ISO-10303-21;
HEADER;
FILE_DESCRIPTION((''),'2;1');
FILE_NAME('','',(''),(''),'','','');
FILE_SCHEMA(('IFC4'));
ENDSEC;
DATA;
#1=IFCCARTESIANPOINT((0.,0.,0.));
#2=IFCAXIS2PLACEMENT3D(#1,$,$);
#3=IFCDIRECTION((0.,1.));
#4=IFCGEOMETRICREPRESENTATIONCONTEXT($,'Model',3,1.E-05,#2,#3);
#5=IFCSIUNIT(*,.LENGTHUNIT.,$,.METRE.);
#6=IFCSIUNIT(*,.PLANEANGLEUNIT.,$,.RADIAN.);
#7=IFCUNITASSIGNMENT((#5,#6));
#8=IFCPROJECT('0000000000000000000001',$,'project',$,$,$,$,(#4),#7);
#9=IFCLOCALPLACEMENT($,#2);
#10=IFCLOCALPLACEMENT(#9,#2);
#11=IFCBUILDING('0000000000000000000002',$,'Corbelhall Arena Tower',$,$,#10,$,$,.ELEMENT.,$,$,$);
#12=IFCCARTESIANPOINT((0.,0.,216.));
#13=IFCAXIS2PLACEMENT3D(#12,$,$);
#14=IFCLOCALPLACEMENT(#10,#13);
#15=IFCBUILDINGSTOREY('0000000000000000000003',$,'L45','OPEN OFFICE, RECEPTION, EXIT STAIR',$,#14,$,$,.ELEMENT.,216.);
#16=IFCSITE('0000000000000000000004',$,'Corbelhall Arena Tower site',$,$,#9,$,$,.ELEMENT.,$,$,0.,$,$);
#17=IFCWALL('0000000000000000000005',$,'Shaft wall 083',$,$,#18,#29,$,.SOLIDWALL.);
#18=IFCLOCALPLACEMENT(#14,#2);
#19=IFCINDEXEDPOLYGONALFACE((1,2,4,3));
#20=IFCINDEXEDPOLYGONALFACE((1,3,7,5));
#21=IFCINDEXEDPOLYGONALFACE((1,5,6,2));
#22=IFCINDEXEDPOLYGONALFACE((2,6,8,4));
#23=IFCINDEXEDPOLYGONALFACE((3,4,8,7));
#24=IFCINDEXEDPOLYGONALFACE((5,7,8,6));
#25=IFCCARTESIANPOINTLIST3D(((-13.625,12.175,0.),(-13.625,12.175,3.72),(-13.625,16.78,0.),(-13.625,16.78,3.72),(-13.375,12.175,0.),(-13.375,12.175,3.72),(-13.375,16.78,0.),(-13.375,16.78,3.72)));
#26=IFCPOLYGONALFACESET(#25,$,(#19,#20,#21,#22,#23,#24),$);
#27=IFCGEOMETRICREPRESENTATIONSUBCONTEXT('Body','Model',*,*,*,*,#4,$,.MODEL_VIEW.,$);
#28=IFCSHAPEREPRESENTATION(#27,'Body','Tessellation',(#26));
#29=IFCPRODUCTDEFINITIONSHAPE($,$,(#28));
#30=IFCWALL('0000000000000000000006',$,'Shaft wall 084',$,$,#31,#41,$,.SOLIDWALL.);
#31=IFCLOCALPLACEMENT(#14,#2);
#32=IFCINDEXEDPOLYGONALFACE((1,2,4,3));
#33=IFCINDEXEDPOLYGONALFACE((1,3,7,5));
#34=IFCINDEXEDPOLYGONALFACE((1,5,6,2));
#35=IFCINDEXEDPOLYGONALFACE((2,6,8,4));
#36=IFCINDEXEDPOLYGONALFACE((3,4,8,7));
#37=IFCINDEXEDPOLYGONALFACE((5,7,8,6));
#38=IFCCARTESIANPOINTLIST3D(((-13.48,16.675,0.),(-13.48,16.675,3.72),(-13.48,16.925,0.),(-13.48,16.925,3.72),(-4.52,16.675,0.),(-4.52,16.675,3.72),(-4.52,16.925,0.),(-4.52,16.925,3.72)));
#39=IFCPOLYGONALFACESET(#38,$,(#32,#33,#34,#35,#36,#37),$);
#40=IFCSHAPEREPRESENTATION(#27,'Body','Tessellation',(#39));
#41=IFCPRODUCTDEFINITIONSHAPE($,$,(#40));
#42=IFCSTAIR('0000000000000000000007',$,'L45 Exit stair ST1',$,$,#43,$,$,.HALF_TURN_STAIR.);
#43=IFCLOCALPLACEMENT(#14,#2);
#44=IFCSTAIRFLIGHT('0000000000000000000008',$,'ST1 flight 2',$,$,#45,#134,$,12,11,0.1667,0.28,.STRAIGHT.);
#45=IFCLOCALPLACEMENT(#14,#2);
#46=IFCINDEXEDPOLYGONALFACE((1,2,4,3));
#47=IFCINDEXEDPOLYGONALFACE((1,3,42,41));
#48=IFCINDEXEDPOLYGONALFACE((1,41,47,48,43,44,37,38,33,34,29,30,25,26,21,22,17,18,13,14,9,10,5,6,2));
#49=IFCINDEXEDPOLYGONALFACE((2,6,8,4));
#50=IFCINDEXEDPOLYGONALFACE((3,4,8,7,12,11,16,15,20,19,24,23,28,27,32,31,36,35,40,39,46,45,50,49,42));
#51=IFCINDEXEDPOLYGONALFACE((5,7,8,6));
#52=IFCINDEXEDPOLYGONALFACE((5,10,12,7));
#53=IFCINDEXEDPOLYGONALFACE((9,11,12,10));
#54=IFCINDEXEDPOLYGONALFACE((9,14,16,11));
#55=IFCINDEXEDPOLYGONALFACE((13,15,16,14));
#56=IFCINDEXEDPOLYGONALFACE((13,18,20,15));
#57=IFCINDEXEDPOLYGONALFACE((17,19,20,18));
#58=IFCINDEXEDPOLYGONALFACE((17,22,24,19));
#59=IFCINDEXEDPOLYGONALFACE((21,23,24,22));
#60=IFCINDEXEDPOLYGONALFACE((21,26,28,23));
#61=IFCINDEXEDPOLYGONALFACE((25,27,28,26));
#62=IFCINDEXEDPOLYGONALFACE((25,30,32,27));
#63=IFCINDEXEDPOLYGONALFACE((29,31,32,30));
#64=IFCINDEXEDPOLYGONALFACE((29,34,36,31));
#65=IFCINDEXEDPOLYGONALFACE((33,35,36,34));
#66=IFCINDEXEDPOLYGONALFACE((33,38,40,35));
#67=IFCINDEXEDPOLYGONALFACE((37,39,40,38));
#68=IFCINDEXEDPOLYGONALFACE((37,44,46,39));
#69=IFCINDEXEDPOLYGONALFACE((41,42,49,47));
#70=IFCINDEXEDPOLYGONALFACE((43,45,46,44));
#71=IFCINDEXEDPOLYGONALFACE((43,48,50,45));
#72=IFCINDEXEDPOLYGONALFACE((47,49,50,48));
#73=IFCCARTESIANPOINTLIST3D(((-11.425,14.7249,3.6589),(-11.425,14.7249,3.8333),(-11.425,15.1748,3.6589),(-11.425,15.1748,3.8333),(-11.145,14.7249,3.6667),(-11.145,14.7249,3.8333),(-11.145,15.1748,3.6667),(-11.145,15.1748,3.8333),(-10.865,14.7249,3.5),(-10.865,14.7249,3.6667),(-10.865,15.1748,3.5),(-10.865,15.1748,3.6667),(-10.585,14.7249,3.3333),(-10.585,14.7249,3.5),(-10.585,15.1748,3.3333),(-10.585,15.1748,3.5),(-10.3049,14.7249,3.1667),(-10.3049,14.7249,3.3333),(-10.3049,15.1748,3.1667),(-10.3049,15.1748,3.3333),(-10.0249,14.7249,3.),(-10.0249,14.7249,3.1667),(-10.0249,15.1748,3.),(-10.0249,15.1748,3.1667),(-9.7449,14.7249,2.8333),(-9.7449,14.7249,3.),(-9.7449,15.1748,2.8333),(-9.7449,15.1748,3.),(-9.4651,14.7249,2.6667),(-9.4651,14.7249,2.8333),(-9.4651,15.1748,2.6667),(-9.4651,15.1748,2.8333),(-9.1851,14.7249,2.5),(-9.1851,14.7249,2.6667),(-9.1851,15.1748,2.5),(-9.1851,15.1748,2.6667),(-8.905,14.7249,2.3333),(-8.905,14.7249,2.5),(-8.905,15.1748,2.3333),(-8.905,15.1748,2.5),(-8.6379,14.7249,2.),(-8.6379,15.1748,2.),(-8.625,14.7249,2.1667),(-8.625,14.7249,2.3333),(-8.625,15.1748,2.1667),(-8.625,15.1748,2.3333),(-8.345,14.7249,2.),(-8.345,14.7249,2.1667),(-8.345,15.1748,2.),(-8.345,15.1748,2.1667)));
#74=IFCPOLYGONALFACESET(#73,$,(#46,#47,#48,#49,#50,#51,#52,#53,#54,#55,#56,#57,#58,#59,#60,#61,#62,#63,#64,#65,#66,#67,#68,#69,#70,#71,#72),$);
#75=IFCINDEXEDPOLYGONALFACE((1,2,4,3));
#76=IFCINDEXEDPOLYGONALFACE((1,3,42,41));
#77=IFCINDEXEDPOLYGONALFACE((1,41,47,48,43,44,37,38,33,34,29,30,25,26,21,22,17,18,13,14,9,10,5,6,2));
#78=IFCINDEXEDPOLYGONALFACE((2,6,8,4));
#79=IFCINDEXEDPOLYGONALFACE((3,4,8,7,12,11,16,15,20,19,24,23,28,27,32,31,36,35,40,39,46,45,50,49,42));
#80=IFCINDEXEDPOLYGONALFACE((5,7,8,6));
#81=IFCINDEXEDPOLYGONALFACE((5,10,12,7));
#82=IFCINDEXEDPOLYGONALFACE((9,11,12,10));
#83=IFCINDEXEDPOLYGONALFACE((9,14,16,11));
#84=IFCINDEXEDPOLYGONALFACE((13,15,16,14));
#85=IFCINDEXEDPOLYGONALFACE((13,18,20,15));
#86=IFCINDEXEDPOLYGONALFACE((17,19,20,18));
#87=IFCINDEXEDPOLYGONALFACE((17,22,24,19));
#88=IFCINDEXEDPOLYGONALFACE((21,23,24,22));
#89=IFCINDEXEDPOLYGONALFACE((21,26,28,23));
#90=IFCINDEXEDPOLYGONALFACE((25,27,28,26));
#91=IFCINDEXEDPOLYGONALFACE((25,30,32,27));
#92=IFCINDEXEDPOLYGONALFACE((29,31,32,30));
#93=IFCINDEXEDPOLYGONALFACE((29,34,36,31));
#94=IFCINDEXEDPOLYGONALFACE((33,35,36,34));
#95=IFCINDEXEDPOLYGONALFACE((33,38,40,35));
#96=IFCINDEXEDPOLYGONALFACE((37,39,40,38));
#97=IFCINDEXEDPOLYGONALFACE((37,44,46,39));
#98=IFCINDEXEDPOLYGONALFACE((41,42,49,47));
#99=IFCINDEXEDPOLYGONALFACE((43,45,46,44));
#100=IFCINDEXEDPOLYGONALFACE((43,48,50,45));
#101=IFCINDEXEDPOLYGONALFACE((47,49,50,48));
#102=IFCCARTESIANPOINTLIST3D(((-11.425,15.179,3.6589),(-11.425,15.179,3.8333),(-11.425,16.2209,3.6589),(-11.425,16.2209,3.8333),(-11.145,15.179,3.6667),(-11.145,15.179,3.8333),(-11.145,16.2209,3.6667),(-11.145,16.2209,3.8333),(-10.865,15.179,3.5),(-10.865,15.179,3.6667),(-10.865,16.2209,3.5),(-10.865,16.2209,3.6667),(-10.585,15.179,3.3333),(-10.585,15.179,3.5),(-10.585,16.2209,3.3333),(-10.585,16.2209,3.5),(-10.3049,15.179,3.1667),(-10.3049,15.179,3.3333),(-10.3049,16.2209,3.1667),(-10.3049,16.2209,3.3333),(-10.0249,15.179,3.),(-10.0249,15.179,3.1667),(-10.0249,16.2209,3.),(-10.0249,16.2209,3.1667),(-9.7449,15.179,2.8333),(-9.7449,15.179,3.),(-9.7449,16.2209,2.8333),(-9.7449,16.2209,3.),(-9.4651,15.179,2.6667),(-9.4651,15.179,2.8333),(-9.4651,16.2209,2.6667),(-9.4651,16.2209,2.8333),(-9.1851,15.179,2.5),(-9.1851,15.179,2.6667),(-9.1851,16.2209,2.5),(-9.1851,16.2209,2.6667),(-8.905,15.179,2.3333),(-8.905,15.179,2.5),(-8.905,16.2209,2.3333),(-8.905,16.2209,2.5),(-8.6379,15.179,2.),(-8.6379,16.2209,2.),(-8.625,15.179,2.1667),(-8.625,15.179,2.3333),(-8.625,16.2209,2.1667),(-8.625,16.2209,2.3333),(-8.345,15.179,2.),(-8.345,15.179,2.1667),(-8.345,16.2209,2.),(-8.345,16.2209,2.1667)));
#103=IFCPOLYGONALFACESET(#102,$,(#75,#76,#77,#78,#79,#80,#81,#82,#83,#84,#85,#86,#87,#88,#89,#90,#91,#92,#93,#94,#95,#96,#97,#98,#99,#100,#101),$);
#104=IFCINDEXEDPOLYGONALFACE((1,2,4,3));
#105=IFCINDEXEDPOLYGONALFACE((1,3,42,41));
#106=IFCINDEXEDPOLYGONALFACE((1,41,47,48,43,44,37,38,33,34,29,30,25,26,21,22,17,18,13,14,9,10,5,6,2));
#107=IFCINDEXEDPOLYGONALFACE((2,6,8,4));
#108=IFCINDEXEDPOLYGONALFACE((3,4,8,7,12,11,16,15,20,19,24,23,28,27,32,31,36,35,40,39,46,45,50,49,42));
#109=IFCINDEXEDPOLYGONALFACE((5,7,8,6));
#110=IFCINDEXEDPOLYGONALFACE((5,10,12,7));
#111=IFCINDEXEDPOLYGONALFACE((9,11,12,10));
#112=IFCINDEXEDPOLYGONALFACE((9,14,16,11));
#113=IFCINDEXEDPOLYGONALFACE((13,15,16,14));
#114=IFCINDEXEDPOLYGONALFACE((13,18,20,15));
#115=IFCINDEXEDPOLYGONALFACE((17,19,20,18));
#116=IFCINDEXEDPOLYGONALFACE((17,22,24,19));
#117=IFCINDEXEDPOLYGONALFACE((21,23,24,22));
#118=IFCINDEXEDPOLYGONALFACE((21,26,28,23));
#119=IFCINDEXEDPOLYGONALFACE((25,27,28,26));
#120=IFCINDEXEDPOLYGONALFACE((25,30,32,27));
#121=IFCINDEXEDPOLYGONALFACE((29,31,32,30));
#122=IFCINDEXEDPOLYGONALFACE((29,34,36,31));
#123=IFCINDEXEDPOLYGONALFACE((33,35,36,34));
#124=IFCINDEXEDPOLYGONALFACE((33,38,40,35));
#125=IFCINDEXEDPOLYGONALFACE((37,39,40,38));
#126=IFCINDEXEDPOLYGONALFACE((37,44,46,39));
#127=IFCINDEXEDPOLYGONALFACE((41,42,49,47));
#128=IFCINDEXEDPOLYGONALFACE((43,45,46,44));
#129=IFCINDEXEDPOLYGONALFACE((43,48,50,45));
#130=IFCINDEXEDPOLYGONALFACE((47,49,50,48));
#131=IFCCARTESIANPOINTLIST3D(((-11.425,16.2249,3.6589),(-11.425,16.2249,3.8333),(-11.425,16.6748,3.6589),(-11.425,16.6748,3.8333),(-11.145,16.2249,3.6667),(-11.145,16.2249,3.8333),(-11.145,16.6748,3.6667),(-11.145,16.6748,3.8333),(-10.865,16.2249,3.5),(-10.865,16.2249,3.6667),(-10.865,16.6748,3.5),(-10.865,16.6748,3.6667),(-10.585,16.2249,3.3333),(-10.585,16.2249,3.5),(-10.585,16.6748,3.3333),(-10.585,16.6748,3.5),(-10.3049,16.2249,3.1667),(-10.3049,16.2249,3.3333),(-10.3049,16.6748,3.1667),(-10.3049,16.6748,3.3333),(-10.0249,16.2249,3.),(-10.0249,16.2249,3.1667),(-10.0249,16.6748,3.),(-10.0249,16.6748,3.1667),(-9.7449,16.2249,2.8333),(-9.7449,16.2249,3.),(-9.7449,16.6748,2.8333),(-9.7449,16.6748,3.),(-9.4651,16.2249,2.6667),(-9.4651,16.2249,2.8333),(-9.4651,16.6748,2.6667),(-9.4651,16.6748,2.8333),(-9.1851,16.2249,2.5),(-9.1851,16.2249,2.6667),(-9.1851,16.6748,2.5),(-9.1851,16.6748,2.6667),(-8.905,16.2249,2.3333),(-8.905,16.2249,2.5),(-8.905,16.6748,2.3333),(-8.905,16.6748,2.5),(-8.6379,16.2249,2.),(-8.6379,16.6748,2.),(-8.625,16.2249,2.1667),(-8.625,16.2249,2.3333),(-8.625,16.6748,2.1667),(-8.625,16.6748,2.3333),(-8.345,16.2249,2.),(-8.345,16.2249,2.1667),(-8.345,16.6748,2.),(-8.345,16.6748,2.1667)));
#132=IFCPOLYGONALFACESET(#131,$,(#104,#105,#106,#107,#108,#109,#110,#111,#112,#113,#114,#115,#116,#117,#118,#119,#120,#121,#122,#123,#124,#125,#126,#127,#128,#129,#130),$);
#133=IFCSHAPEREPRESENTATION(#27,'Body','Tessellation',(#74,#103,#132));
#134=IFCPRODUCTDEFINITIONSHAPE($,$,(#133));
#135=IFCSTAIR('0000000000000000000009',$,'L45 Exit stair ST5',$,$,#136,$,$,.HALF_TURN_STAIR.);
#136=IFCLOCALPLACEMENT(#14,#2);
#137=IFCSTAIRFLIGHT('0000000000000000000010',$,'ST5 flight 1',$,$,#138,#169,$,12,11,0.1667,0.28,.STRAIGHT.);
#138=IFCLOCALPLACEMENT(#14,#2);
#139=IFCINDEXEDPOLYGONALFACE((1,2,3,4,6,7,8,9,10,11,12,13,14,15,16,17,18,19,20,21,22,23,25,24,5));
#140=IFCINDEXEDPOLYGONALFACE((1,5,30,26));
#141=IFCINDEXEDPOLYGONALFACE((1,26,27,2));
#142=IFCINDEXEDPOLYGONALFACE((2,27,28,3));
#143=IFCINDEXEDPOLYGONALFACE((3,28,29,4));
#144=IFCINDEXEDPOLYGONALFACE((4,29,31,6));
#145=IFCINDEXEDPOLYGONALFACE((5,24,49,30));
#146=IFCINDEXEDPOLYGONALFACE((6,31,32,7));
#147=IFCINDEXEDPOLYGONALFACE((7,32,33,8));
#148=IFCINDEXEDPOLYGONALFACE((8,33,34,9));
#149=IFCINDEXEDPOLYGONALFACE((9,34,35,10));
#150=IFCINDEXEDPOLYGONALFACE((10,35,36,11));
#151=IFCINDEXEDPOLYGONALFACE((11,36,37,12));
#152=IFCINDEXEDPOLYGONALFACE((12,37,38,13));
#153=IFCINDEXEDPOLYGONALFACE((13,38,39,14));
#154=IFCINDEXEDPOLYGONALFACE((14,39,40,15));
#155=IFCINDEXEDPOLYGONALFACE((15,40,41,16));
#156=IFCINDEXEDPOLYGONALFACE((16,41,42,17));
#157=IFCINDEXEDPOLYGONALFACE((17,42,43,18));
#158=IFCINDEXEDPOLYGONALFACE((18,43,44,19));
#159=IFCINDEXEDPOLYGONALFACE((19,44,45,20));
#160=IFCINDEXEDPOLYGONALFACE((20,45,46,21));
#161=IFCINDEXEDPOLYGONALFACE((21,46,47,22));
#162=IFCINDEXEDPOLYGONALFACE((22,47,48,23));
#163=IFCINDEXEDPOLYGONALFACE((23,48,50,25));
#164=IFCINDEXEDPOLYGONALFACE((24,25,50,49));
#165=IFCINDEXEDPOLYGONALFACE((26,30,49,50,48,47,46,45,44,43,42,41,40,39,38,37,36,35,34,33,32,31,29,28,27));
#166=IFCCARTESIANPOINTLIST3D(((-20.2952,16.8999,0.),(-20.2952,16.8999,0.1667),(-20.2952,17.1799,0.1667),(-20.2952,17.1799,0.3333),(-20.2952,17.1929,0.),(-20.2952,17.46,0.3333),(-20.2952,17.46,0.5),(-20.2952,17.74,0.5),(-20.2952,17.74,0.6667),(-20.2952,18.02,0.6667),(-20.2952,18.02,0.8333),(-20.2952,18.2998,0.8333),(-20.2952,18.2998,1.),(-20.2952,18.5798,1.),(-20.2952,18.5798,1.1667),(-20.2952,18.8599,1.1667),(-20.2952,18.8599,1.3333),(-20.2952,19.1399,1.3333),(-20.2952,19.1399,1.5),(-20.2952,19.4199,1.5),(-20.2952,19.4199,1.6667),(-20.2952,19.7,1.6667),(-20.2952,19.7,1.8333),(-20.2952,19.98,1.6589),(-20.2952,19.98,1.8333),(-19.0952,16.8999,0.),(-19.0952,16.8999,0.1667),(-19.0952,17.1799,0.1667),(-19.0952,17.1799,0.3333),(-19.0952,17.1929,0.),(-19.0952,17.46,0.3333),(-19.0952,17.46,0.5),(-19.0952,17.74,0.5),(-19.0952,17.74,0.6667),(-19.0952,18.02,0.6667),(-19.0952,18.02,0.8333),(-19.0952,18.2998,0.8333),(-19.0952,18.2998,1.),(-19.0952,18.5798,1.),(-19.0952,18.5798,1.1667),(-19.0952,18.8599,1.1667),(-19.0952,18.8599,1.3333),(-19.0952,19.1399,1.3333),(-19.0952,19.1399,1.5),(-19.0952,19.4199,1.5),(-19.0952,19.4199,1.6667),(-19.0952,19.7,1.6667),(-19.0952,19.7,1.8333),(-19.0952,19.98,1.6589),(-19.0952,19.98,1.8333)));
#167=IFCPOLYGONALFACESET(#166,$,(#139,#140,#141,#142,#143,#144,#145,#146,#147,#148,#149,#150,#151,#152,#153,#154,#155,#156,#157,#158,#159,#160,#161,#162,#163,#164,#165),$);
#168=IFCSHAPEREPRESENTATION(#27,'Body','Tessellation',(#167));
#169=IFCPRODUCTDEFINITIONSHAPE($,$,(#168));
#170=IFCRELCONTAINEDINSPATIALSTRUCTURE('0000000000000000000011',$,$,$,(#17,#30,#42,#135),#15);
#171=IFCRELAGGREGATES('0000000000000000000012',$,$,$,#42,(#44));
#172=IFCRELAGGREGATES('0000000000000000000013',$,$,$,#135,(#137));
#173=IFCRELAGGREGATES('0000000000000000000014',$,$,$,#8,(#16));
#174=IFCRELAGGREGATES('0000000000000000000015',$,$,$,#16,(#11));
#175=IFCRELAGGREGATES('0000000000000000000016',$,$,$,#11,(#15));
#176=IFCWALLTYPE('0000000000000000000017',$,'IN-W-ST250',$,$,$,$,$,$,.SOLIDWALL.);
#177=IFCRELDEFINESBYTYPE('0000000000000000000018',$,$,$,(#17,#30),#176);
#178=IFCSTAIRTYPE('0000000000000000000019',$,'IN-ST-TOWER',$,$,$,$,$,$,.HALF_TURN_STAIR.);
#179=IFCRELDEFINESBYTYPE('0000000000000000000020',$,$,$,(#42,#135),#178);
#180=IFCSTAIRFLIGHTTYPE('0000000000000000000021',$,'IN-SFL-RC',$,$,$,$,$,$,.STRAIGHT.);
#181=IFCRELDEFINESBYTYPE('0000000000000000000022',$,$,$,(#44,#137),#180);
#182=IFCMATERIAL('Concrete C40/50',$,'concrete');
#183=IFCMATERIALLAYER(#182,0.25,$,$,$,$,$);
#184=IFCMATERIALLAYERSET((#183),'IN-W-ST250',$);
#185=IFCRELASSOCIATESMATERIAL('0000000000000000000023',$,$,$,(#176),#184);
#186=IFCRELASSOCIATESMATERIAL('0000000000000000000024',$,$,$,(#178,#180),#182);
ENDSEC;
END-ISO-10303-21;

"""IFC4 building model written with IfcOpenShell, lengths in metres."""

from ifc_helpers import new_model, si_unit, direction, frame, frame_2d, origin, place, context, subcontext, project, spatial, polyline, rectangle, outline, extrude, material, layer, layer_set, type_object, element, aggregate, save


model = new_model("IFC4")

# Units and contexts
model_context = context("Model", 3, precision=1e-05, world=origin(), true_north=direction((0.0, 1.0)))
body_context = subcontext(model_context, "Body", "Model", "MODEL_VIEW")
ifc_project = project(units=[si_unit("LENGTHUNIT", "METRE"), si_unit("PLANEANGLEUNIT", "RADIAN")], contexts=[model_context])

# Site, building, storey
site_placement = place(None, origin())
site = spatial("IfcSite", under=ifc_project, at=site_placement, Name="Corbelhall Arena Tower site", CompositionType="ELEMENT", RefElevation=0.0)
building_placement = place(site_placement, origin())
building = spatial("IfcBuilding", under=site, at=building_placement, Name="Corbelhall Arena Tower", CompositionType="ELEMENT")
storey_placement = place(building_placement, frame((0.0, 0.0, 216.0)))
storey = spatial("IfcBuildingStorey", under=building, at=storey_placement, Name="L45", Description="OPEN OFFICE, RECEPTION, EXIT STAIR", CompositionType="ELEMENT", Elevation=216.0)

# Shared definitions
ifc_material_1 = material(Name="Concrete C40/50", Category="concrete")

# Walls
ifc_layer_1 = layer(ifc_material_1, 0.25)
ifc_layer_set_1 = layer_set([ifc_layer_1], Name="IN-W-ST250")
wall_type_1 = type_object("IfcWallType", Name="IN-W-ST250", PredefinedType="SOLIDWALL", material=ifc_layer_set_1)
wall_1_placement = place(storey_placement, frame((-13.5, 16.78, 0.0), z_axis=(0.0, 0.0, 1.0), x_axis=(0.0, -1.0, 0.0)))
element("IfcWall", 1, at=wall_1_placement, inside=storey, type_object=wall_type_1, Name="Shaft wall 083", PredefinedType="SOLIDWALL", context=body_context, shape_type="SweptSolid", body=[
    extrude(rectangle(XDim=4.605, YDim=0.25, at=frame_2d((2.3025, 0.0))), origin(), (0.0, 0.0, 1.0), 3.72),
])
wall_2_placement = place(storey_placement, frame((-13.48, 16.8, 0.0), z_axis=(0.0, 0.0, 1.0), x_axis=(1.0, 0.0, 0.0)))
element("IfcWall", 2, at=wall_2_placement, inside=storey, type_object=wall_type_1, Name="Shaft wall 084", PredefinedType="SOLIDWALL", context=body_context, shape_type="SweptSolid", body=[
    extrude(rectangle(XDim=8.96, YDim=0.25, at=frame_2d((4.48, 0.0))), origin(), (0.0, 0.0, 1.0), 3.72),
])

# Stair, stair flight
stair_type = type_object("IfcStairType", Name="IN-ST-TOWER", PredefinedType="HALF_TURN_STAIR", material=ifc_material_1)
stair_1_placement = place(storey_placement, origin())
stair_1 = element("IfcStair", 3, at=stair_1_placement, inside=storey, type_object=stair_type, Name="L45 Exit stair ST1", PredefinedType="HALF_TURN_STAIR")
stair_flight_type = type_object("IfcStairFlightType", Name="IN-SFL-RC", PredefinedType="STRAIGHT", material=ifc_material_1)
stair_flight_1_placement = place(storey_placement, frame((-8.345, 15.7, 2.0), z_axis=(0.0, 0.0, 1.0), x_axis=(-1.0, 0.0, 0.0)))
stair_flight_1 = element("IfcStairFlight", 4, at=stair_flight_1_placement, type_object=stair_flight_type, Name="ST1 flight 2", NumberOfRisers=12, NumberOfTreads=11, PredefinedType="STRAIGHT", RiserHeight=0.1667, TreadLength=0.28, context=body_context, shape_type="SweptSolid", body=[
    extrude(outline(polyline([(0.0, 0.0), (0.0, 0.1667), (0.28, 0.1667), (0.28, 0.3333), (0.5601, 0.3333), (0.5601, 0.5), (0.8401, 0.5), (0.8401, 0.6667), (1.1201, 0.6667), (1.1201, 0.8333), (1.3999, 0.8333), (1.3999, 1.0), (1.6799, 1.0), (1.6799, 1.1667), (1.96, 1.1667), (1.96, 1.3333), (2.24, 1.3333), (2.24, 1.5), (2.52, 1.5), (2.52, 1.6667), (2.8, 1.6667), (2.8, 1.8333), (3.0801, 1.8333), (3.0801, 2.0), (3.0801, 1.6589), (0.293, 0.0), (0.0, 0.0)])), frame((0.0, 0.9751, 0.0), z_axis=(0.0, -1.0, 0.0), x_axis=(1.0, 0.0, 0.0)), (0.0, 0.0, 1.0), 0.45),
    extrude(outline(polyline([(0.0, 0.0), (0.0, 0.1667), (0.28, 0.1667), (0.28, 0.3333), (0.5601, 0.3333), (0.5601, 0.5), (0.8401, 0.5), (0.8401, 0.6667), (1.1201, 0.6667), (1.1201, 0.8333), (1.3999, 0.8333), (1.3999, 1.0), (1.6799, 1.0), (1.6799, 1.1667), (1.96, 1.1667), (1.96, 1.3333), (2.24, 1.3333), (2.24, 1.5), (2.52, 1.5), (2.52, 1.6667), (2.8, 1.6667), (2.8, 1.8333), (3.0801, 1.8333), (3.0801, 2.0), (3.0801, 1.6589), (0.293, 0.0), (0.0, 0.0)])), frame((0.0, 0.521, 0.0), z_axis=(0.0, -1.0, 0.0), x_axis=(1.0, 0.0, 0.0)), (0.0, 0.0, 1.0), 1.042),
    extrude(outline(polyline([(0.0, 0.0), (0.0, 0.1667), (0.28, 0.1667), (0.28, 0.3333), (0.5601, 0.3333), (0.5601, 0.5), (0.8401, 0.5), (0.8401, 0.6667), (1.1201, 0.6667), (1.1201, 0.8333), (1.3999, 0.8333), (1.3999, 1.0), (1.6799, 1.0), (1.6799, 1.1667), (1.96, 1.1667), (1.96, 1.3333), (2.24, 1.3333), (2.24, 1.5), (2.52, 1.5), (2.52, 1.6667), (2.8, 1.6667), (2.8, 1.8333), (3.0801, 1.8333), (3.0801, 2.0), (3.0801, 1.6589), (0.293, 0.0), (0.0, 0.0)])), frame((0.0, -0.5249, 0.0), z_axis=(0.0, -1.0, 0.0), x_axis=(1.0, 0.0, 0.0)), (0.0, 0.0, 1.0), 0.45),
])
aggregate(stair_1, [stair_flight_1])

# Stair, stair flight
stair_2_placement = place(storey_placement, origin())
stair_2 = element("IfcStair", 5, at=stair_2_placement, inside=storey, type_object=stair_type, Name="L45 Exit stair ST5", PredefinedType="HALF_TURN_STAIR")
stair_flight_2_placement = place(storey_placement, frame((-19.6951, 16.8999, 0.0), z_axis=(0.0, 0.0, 1.0), x_axis=(0.0, 1.0, 0.0)))
stair_flight_2 = element("IfcStairFlight", 6, at=stair_flight_2_placement, type_object=stair_flight_type, Name="ST5 flight 1", NumberOfRisers=12, NumberOfTreads=11, PredefinedType="STRAIGHT", RiserHeight=0.1667, TreadLength=0.28, context=body_context, shape_type="SweptSolid", body=[
    extrude(outline(polyline([(0.0, 0.0), (0.0, 0.1667), (0.28, 0.1667), (0.28, 0.3333), (0.5601, 0.3333), (0.5601, 0.5), (0.8401, 0.5), (0.8401, 0.6667), (1.1201, 0.6667), (1.1201, 0.8333), (1.3999, 0.8333), (1.3999, 1.0), (1.6799, 1.0), (1.6799, 1.1667), (1.96, 1.1667), (1.96, 1.3333), (2.24, 1.3333), (2.24, 1.5), (2.52, 1.5), (2.52, 1.6667), (2.8, 1.6667), (2.8, 1.8333), (3.0801, 1.8333), (3.0801, 2.0), (3.0801, 1.6589), (0.293, 0.0), (0.0, 0.0)])), frame((0.0, 0.6001, 0.0), z_axis=(0.0, -1.0, 0.0), x_axis=(1.0, 0.0, 0.0)), (0.0, 0.0, 1.0), 1.2),
])
aggregate(stair_2, [stair_flight_2])

save(model, "model.ifc")
